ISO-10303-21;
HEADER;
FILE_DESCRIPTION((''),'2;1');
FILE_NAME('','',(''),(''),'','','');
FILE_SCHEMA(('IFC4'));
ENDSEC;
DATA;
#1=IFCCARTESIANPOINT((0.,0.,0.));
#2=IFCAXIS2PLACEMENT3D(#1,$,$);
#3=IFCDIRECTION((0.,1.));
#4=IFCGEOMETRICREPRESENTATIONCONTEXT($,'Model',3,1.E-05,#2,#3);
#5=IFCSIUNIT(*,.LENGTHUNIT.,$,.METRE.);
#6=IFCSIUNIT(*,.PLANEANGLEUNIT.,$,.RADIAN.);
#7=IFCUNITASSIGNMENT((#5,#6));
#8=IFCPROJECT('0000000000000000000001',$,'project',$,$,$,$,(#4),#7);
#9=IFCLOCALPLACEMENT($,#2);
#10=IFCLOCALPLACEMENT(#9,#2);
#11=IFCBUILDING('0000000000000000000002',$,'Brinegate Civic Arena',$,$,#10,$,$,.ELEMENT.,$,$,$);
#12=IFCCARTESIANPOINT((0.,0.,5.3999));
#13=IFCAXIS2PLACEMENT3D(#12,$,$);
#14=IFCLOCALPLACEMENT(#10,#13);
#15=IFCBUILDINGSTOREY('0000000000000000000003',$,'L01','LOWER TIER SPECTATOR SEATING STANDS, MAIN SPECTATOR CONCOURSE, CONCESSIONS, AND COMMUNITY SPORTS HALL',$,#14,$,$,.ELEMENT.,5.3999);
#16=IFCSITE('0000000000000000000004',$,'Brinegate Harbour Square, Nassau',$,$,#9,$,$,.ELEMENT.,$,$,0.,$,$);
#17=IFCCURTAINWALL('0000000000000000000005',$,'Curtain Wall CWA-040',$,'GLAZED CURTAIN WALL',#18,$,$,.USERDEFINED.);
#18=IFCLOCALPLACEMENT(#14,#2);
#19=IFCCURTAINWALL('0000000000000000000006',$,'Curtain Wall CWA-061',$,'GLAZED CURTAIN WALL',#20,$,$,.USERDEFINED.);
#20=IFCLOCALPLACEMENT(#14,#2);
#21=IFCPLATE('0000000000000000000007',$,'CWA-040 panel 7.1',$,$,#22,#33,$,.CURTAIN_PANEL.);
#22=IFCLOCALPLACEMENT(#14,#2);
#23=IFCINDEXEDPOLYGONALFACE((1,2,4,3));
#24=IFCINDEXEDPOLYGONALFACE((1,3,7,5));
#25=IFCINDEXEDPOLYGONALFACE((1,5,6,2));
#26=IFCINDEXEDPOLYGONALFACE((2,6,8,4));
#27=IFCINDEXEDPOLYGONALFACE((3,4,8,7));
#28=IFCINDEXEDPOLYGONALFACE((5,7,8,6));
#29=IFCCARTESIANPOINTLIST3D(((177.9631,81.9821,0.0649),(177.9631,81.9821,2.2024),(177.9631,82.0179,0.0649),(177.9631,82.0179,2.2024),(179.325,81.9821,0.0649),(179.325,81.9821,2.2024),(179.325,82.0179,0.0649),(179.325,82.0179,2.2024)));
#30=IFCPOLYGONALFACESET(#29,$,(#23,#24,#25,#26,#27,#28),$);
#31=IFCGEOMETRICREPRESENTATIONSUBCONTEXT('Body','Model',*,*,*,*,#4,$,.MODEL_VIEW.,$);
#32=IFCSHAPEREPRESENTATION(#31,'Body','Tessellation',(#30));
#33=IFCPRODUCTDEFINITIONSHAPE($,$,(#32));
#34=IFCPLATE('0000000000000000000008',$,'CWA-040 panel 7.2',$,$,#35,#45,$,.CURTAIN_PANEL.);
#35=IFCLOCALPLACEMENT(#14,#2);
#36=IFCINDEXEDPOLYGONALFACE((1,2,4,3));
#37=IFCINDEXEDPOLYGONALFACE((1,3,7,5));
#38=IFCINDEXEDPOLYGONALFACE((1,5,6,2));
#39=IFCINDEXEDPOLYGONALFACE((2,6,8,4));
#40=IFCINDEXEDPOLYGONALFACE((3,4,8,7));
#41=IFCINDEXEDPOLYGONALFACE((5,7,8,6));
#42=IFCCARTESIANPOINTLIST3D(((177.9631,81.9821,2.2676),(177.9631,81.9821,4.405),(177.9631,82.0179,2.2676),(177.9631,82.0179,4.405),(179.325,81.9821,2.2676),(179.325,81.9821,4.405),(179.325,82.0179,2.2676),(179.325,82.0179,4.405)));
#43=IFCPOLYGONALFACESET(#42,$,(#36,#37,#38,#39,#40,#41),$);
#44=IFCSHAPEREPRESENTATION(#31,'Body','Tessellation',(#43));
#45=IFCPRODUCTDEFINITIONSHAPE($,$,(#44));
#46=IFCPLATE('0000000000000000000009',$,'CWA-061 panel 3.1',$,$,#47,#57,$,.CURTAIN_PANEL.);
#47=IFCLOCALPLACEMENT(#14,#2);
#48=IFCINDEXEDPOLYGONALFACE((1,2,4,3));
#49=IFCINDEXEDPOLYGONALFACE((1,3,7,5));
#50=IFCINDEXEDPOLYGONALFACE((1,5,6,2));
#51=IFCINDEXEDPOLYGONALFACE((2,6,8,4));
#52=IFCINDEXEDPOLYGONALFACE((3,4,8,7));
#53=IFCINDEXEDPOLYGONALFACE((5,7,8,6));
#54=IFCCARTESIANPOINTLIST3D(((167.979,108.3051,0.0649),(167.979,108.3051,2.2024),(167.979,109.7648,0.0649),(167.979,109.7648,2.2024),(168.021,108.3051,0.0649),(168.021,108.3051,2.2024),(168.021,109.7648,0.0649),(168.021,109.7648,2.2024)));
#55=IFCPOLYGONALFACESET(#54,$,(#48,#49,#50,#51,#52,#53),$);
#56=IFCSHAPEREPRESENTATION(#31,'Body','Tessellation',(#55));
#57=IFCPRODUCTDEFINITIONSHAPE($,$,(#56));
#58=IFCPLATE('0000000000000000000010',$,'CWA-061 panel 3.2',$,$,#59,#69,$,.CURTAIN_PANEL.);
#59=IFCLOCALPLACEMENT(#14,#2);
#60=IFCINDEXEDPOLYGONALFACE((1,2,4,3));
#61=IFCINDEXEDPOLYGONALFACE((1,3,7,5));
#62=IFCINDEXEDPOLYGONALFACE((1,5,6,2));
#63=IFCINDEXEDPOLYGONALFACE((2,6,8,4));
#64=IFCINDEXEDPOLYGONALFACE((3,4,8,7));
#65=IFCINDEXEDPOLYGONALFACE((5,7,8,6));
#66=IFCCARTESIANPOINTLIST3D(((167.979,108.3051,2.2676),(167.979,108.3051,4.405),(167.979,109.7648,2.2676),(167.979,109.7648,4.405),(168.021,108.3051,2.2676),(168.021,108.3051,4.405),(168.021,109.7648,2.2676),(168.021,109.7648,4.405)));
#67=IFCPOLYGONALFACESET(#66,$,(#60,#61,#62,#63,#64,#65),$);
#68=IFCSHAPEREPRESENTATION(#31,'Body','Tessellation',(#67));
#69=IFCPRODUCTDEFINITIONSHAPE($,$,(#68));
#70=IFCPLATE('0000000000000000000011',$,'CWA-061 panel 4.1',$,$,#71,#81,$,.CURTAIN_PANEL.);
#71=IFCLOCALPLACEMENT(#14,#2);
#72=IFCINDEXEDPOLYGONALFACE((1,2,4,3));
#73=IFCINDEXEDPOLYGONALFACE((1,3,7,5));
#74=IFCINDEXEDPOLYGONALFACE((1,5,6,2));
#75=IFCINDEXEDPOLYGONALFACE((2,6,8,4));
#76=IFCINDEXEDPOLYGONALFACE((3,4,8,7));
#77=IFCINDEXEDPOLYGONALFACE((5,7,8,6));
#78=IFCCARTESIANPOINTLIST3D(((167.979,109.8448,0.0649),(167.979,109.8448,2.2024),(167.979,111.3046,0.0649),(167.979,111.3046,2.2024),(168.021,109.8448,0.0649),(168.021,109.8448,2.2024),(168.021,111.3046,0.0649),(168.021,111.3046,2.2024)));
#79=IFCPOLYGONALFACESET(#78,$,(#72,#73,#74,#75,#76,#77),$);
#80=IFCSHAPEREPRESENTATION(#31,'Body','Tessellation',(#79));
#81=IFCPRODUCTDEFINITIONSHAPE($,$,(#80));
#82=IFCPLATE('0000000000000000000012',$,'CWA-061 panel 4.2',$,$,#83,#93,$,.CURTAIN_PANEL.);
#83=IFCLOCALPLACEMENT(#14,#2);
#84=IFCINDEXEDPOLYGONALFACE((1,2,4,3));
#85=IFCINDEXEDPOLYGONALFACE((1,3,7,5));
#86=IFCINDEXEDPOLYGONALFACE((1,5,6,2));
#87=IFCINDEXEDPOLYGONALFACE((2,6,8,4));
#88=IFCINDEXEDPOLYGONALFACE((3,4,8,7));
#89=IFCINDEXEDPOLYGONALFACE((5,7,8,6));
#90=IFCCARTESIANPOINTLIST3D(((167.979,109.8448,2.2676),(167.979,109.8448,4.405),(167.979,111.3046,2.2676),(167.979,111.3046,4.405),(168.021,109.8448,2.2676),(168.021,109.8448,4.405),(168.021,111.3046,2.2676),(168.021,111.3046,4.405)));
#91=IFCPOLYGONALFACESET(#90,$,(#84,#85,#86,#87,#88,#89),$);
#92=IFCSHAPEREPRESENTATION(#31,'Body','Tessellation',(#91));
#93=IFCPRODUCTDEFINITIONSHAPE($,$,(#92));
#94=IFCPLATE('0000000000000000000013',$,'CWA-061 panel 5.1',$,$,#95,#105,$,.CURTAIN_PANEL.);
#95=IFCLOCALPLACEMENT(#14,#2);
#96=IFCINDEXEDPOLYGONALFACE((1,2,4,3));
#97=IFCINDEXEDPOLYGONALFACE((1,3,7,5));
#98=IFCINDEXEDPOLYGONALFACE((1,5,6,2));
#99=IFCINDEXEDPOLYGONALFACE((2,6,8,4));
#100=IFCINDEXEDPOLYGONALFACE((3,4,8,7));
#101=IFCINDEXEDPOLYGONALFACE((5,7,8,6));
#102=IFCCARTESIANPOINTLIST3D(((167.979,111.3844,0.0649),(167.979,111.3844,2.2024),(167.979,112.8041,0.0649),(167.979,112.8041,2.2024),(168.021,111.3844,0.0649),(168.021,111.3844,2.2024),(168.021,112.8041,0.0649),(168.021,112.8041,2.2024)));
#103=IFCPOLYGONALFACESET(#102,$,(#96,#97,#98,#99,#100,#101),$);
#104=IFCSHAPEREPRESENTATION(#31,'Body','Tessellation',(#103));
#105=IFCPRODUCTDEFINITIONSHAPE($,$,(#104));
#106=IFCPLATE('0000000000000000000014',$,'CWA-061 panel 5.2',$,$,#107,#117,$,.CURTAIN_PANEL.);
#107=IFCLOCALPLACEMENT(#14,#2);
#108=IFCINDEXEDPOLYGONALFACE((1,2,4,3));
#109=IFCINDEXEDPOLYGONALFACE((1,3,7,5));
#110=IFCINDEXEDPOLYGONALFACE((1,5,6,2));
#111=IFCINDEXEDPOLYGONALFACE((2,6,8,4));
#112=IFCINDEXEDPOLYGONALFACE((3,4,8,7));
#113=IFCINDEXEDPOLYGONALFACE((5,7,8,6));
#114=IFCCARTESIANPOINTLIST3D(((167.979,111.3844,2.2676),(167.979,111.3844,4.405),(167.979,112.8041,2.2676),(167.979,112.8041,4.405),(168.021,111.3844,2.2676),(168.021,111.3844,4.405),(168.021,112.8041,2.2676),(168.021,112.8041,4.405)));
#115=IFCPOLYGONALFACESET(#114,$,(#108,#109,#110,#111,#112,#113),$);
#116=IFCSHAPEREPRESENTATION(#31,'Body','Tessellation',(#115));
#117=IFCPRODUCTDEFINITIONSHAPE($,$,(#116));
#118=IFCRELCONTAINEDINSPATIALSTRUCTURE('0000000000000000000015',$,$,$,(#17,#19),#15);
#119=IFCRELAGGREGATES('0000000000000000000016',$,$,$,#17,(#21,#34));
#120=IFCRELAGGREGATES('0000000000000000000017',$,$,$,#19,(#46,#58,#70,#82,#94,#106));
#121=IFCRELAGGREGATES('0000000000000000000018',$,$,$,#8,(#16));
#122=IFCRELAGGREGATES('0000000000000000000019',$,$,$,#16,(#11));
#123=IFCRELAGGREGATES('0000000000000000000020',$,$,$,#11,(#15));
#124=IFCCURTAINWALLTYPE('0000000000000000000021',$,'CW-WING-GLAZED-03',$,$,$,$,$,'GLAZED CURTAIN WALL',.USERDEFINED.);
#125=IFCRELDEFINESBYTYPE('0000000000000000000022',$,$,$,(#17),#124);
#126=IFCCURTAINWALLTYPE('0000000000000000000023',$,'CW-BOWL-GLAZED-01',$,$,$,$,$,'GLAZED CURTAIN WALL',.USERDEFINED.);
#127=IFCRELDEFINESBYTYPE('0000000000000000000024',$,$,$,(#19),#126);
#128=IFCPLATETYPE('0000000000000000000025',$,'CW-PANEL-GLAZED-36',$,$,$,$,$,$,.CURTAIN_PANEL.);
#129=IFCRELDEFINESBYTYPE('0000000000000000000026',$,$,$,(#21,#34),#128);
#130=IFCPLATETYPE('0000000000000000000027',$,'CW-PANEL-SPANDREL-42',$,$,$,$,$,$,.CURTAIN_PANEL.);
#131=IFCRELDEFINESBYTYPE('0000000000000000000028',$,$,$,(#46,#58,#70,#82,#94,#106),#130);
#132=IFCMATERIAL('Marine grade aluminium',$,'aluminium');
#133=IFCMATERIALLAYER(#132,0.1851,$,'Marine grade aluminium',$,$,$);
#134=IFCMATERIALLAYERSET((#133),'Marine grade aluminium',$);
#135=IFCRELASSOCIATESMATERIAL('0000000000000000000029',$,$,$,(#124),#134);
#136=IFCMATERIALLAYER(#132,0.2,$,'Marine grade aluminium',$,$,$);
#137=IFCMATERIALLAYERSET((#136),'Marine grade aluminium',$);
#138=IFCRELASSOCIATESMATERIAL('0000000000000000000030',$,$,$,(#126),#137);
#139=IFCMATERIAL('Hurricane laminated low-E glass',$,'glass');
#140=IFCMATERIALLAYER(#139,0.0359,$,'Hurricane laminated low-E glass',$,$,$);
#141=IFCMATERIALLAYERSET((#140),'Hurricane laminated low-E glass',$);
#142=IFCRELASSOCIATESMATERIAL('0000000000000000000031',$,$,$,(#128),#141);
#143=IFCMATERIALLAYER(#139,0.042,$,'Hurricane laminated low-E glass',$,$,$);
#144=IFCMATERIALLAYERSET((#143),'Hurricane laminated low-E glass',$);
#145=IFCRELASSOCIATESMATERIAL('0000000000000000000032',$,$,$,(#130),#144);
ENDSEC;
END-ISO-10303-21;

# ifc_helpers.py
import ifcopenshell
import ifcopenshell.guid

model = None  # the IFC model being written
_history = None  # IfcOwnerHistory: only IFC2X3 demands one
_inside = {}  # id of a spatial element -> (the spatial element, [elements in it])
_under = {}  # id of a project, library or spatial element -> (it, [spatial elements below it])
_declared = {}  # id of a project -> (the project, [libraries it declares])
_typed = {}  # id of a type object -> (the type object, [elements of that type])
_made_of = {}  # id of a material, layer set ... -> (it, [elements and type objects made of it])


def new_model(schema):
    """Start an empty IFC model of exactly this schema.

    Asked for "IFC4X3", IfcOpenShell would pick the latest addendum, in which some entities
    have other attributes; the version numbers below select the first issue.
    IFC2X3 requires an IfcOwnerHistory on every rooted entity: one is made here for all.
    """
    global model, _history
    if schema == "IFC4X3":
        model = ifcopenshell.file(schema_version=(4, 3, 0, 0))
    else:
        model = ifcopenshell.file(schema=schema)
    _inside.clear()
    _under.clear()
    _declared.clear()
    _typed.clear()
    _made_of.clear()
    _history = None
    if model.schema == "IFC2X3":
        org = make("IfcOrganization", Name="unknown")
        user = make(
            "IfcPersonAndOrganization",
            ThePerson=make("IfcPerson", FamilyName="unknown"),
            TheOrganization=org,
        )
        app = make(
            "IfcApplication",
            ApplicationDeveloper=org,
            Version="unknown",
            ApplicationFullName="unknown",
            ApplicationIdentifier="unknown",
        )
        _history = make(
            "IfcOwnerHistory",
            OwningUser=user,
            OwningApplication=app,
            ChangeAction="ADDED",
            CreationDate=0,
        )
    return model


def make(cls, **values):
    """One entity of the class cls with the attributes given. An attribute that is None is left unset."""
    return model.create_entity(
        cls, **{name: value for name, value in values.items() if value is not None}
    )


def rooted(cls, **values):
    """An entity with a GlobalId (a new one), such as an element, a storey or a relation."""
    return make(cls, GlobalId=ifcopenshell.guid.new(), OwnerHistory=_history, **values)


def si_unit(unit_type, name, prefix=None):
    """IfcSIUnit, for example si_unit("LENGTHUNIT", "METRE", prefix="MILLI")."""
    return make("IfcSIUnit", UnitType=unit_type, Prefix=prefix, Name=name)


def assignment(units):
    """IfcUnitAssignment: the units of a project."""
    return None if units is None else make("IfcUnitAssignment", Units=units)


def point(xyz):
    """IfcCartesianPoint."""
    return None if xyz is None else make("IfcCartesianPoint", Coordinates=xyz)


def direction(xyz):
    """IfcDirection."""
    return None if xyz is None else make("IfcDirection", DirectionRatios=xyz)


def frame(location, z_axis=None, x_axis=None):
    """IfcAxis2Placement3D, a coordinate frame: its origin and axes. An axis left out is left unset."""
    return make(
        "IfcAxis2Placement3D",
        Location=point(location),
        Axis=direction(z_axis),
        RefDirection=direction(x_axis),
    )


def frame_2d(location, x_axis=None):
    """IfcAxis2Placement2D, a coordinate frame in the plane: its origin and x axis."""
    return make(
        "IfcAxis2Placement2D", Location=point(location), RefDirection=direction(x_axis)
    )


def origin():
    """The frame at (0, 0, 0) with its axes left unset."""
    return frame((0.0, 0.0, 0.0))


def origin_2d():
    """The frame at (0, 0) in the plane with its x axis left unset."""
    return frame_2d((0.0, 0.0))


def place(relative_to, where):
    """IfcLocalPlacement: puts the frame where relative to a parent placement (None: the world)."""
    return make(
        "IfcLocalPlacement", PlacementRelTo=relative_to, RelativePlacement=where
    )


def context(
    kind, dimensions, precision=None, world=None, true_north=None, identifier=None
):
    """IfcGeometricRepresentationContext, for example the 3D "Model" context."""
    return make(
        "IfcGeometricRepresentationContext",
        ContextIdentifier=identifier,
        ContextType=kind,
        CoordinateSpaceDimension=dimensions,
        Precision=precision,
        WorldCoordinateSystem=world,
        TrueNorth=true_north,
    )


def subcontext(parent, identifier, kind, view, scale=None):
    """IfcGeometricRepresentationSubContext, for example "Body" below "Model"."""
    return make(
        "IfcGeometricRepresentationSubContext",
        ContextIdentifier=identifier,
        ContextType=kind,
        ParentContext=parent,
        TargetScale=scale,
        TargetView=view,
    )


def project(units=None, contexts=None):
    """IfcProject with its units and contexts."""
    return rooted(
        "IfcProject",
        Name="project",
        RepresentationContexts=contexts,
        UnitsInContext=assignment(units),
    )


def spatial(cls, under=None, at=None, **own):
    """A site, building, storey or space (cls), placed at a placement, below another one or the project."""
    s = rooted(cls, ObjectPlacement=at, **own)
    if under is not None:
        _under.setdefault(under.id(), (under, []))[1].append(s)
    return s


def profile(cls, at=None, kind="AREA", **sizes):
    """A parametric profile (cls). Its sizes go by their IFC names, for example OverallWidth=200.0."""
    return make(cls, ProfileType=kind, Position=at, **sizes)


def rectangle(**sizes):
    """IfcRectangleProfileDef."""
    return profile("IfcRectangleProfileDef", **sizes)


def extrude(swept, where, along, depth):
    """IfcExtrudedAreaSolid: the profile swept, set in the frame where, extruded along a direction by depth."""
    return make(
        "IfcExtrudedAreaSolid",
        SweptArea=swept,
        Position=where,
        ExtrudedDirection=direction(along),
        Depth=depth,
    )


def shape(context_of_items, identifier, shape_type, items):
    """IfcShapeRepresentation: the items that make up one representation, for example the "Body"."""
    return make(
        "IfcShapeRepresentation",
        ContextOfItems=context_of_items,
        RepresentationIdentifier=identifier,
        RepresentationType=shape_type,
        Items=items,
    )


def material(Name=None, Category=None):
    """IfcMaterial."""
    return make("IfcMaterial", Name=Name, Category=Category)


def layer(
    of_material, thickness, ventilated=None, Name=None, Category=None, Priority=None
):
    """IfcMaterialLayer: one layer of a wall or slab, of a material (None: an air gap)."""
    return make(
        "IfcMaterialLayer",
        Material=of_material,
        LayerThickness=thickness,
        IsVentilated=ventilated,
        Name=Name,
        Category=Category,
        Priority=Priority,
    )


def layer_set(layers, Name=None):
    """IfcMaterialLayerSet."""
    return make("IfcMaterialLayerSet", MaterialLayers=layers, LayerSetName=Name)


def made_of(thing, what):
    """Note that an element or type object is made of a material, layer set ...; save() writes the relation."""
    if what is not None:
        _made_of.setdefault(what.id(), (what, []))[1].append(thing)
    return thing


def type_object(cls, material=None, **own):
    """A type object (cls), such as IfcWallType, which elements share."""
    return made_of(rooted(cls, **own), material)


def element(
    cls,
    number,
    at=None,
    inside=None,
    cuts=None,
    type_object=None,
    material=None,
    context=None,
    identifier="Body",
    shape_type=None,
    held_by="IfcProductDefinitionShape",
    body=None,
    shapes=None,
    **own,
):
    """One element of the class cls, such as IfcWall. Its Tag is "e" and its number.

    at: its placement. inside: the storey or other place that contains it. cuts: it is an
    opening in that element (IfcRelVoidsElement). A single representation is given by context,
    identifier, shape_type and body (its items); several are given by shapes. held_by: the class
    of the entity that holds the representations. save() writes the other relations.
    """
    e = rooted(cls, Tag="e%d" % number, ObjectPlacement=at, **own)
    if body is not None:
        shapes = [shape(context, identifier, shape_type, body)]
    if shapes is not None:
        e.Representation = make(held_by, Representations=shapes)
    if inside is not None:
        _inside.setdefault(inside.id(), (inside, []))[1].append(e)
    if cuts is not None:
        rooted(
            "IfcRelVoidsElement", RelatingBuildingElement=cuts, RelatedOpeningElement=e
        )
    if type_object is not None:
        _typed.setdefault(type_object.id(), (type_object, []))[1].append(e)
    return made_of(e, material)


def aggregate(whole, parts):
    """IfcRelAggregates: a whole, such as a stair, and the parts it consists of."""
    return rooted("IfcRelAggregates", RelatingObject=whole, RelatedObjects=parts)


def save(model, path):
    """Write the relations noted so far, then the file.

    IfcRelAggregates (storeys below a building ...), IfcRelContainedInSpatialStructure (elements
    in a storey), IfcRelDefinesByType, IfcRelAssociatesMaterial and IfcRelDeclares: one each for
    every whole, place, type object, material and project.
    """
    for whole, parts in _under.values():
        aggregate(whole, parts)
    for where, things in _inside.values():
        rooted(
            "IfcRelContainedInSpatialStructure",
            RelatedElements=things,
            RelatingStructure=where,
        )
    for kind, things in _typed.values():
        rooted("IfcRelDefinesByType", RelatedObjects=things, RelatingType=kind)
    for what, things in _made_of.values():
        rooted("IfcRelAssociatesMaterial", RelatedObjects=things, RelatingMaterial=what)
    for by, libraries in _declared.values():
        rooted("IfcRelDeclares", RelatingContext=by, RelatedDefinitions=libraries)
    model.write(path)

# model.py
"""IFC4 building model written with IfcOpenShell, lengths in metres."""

from ifc_helpers import new_model, si_unit, direction, frame, origin, origin_2d, place, context, subcontext, project, spatial, rectangle, extrude, material, layer, layer_set, type_object, element, aggregate, save


model = new_model("IFC4")

# Units and contexts
model_context = context("Model", 3, precision=1e-05, world=origin(), true_north=direction((0.0, 1.0)))
body_context = subcontext(model_context, "Body", "Model", "MODEL_VIEW")
ifc_project = project(units=[si_unit("LENGTHUNIT", "METRE"), si_unit("PLANEANGLEUNIT", "RADIAN")], contexts=[model_context])

# Site, building, storey
site_placement = place(None, origin())
site = spatial("IfcSite", under=ifc_project, at=site_placement, Name="Brinegate Harbour Square, Nassau", CompositionType="ELEMENT", RefElevation=0.0)
building_placement = place(site_placement, origin())
building = spatial("IfcBuilding", under=site, at=building_placement, Name="Brinegate Civic Arena", CompositionType="ELEMENT")
storey_placement = place(building_placement, frame((0.0, 0.0, 5.3999)))
storey = spatial("IfcBuildingStorey", under=building, at=storey_placement, Name="L01", Description="LOWER TIER SPECTATOR SEATING STANDS, MAIN SPECTATOR CONCOURSE, CONCESSIONS, AND COMMUNITY SPORTS HALL", CompositionType="ELEMENT", Elevation=5.3999)

# Curtain walls
ifc_material_1 = material(Name="Marine grade aluminium", Category="aluminium")
ifc_layer_1 = layer(ifc_material_1, 0.1851, Name="Marine grade aluminium")
ifc_layer_set_1 = layer_set([ifc_layer_1], Name="Marine grade aluminium")
curtain_wall_type_1 = type_object("IfcCurtainWallType", Name="CW-WING-GLAZED-03", ElementType="GLAZED CURTAIN WALL", PredefinedType="USERDEFINED", material=ifc_layer_set_1)
curtain_wall_1_placement = place(storey_placement, origin())
curtain_wall_1 = element("IfcCurtainWall", 1, at=curtain_wall_1_placement, inside=storey, type_object=curtain_wall_type_1, Name="Curtain Wall CWA-040", ObjectType="GLAZED CURTAIN WALL", PredefinedType="USERDEFINED")
ifc_layer_2 = layer(ifc_material_1, 0.2, Name="Marine grade aluminium")
ifc_layer_set_2 = layer_set([ifc_layer_2], Name="Marine grade aluminium")
curtain_wall_type_2 = type_object("IfcCurtainWallType", Name="CW-BOWL-GLAZED-01", ElementType="GLAZED CURTAIN WALL", PredefinedType="USERDEFINED", material=ifc_layer_set_2)
curtain_wall_2_placement = place(storey_placement, origin())
curtain_wall_2 = element("IfcCurtainWall", 2, at=curtain_wall_2_placement, inside=storey, type_object=curtain_wall_type_2, Name="Curtain Wall CWA-061", ObjectType="GLAZED CURTAIN WALL", PredefinedType="USERDEFINED")

# Plates
ifc_material_2 = material(Name="Hurricane laminated low-E glass", Category="glass")
ifc_layer_3 = layer(ifc_material_2, 0.0359, Name="Hurricane laminated low-E glass")
ifc_layer_set_3 = layer_set([ifc_layer_3], Name="Hurricane laminated low-E glass")
plate_type_1 = type_object("IfcPlateType", Name="CW-PANEL-GLAZED-36", PredefinedType="CURTAIN_PANEL", material=ifc_layer_set_3)
plate_1_placement = place(storey_placement, frame((178.644, 82.0, 0.0649), z_axis=(0.0, 0.0, 1.0), x_axis=(1.0, 0.0, 0.0)))
plate_1 = element("IfcPlate", 3, at=plate_1_placement, type_object=plate_type_1, Name="CWA-040 panel 7.1", PredefinedType="CURTAIN_PANEL", context=body_context, shape_type="SweptSolid", body=[
    extrude(rectangle(XDim=1.3618, YDim=0.0359, at=origin_2d()), origin(), (0.0, 0.0, 1.0), 2.1375),
])
plate_2_placement = place(storey_placement, frame((178.644, 82.0, 2.2676), z_axis=(0.0, 0.0, 1.0), x_axis=(1.0, 0.0, 0.0)))
plate_2 = element("IfcPlate", 4, at=plate_2_placement, type_object=plate_type_1, Name="CWA-040 panel 7.2", PredefinedType="CURTAIN_PANEL", context=body_context, shape_type="SweptSolid", body=[
    extrude(rectangle(XDim=1.3618, YDim=0.0359, at=origin_2d()), origin(), (0.0, 0.0, 1.0), 2.1375),
])
aggregate(curtain_wall_1, [plate_1, plate_2])
ifc_layer_4 = layer(ifc_material_2, 0.042, Name="Hurricane laminated low-E glass")
ifc_layer_set_4 = layer_set([ifc_layer_4], Name="Hurricane laminated low-E glass")
plate_type_2 = type_object("IfcPlateType", Name="CW-PANEL-SPANDREL-42", PredefinedType="CURTAIN_PANEL", material=ifc_layer_set_4)
plate_3_placement = place(storey_placement, frame((168.0, 109.0349, 0.0649), z_axis=(0.0, 0.0, 1.0), x_axis=(0.0, 1.0, 0.0)))
plate_3 = element("IfcPlate", 5, at=plate_3_placement, type_object=plate_type_2, Name="CWA-061 panel 3.1", PredefinedType="CURTAIN_PANEL", context=body_context, shape_type="SweptSolid", body=[
    extrude(rectangle(XDim=1.4597, YDim=0.042, at=origin_2d()), origin(), (0.0, 0.0, 1.0), 2.1375),
])
plate_4_placement = place(storey_placement, frame((168.0, 109.0349, 2.2676), z_axis=(0.0, 0.0, 1.0), x_axis=(0.0, 1.0, 0.0)))
plate_4 = element("IfcPlate", 6, at=plate_4_placement, type_object=plate_type_2, Name="CWA-061 panel 3.2", PredefinedType="CURTAIN_PANEL", context=body_context, shape_type="SweptSolid", body=[
    extrude(rectangle(XDim=1.4597, YDim=0.042, at=origin_2d()), origin(), (0.0, 0.0, 1.0), 2.1375),
])
plate_5_placement = place(storey_placement, frame((168.0, 110.5747, 0.0649), z_axis=(0.0, 0.0, 1.0), x_axis=(0.0, 1.0, 0.0)))
plate_5 = element("IfcPlate", 7, at=plate_5_placement, type_object=plate_type_2, Name="CWA-061 panel 4.1", PredefinedType="CURTAIN_PANEL", context=body_context, shape_type="SweptSolid", body=[
    extrude(rectangle(XDim=1.4597, YDim=0.042, at=origin_2d()), origin(), (0.0, 0.0, 1.0), 2.1375),
])
plate_6_placement = place(storey_placement, frame((168.0, 110.5747, 2.2676), z_axis=(0.0, 0.0, 1.0), x_axis=(0.0, 1.0, 0.0)))
plate_6 = element("IfcPlate", 8, at=plate_6_placement, type_object=plate_type_2, Name="CWA-061 panel 4.2", PredefinedType="CURTAIN_PANEL", context=body_context, shape_type="SweptSolid", body=[
    extrude(rectangle(XDim=1.4597, YDim=0.042, at=origin_2d()), origin(), (0.0, 0.0, 1.0), 2.1375),
])
plate_7_placement = place(storey_placement, frame((168.0, 112.0942, 0.0649), z_axis=(0.0, 0.0, 1.0), x_axis=(0.0, 1.0, 0.0)))
plate_7 = element("IfcPlate", 9, at=plate_7_placement, type_object=plate_type_2, Name="CWA-061 panel 5.1", PredefinedType="CURTAIN_PANEL", context=body_context, shape_type="SweptSolid", body=[
    extrude(rectangle(XDim=1.4197, YDim=0.042, at=origin_2d()), origin(), (0.0, 0.0, 1.0), 2.1375),
])
plate_8_placement = place(storey_placement, frame((168.0, 112.0942, 2.2676), z_axis=(0.0, 0.0, 1.0), x_axis=(0.0, 1.0, 0.0)))
plate_8 = element("IfcPlate", 10, at=plate_8_placement, type_object=plate_type_2, Name="CWA-061 panel 5.2", PredefinedType="CURTAIN_PANEL", context=body_context, shape_type="SweptSolid", body=[
    extrude(rectangle(XDim=1.4197, YDim=0.042, at=origin_2d()), origin(), (0.0, 0.0, 1.0), 2.1375),
])
aggregate(curtain_wall_2, [plate_3, plate_4, plate_5, plate_6, plate_7, plate_8])

save(model, "model.ifc")
